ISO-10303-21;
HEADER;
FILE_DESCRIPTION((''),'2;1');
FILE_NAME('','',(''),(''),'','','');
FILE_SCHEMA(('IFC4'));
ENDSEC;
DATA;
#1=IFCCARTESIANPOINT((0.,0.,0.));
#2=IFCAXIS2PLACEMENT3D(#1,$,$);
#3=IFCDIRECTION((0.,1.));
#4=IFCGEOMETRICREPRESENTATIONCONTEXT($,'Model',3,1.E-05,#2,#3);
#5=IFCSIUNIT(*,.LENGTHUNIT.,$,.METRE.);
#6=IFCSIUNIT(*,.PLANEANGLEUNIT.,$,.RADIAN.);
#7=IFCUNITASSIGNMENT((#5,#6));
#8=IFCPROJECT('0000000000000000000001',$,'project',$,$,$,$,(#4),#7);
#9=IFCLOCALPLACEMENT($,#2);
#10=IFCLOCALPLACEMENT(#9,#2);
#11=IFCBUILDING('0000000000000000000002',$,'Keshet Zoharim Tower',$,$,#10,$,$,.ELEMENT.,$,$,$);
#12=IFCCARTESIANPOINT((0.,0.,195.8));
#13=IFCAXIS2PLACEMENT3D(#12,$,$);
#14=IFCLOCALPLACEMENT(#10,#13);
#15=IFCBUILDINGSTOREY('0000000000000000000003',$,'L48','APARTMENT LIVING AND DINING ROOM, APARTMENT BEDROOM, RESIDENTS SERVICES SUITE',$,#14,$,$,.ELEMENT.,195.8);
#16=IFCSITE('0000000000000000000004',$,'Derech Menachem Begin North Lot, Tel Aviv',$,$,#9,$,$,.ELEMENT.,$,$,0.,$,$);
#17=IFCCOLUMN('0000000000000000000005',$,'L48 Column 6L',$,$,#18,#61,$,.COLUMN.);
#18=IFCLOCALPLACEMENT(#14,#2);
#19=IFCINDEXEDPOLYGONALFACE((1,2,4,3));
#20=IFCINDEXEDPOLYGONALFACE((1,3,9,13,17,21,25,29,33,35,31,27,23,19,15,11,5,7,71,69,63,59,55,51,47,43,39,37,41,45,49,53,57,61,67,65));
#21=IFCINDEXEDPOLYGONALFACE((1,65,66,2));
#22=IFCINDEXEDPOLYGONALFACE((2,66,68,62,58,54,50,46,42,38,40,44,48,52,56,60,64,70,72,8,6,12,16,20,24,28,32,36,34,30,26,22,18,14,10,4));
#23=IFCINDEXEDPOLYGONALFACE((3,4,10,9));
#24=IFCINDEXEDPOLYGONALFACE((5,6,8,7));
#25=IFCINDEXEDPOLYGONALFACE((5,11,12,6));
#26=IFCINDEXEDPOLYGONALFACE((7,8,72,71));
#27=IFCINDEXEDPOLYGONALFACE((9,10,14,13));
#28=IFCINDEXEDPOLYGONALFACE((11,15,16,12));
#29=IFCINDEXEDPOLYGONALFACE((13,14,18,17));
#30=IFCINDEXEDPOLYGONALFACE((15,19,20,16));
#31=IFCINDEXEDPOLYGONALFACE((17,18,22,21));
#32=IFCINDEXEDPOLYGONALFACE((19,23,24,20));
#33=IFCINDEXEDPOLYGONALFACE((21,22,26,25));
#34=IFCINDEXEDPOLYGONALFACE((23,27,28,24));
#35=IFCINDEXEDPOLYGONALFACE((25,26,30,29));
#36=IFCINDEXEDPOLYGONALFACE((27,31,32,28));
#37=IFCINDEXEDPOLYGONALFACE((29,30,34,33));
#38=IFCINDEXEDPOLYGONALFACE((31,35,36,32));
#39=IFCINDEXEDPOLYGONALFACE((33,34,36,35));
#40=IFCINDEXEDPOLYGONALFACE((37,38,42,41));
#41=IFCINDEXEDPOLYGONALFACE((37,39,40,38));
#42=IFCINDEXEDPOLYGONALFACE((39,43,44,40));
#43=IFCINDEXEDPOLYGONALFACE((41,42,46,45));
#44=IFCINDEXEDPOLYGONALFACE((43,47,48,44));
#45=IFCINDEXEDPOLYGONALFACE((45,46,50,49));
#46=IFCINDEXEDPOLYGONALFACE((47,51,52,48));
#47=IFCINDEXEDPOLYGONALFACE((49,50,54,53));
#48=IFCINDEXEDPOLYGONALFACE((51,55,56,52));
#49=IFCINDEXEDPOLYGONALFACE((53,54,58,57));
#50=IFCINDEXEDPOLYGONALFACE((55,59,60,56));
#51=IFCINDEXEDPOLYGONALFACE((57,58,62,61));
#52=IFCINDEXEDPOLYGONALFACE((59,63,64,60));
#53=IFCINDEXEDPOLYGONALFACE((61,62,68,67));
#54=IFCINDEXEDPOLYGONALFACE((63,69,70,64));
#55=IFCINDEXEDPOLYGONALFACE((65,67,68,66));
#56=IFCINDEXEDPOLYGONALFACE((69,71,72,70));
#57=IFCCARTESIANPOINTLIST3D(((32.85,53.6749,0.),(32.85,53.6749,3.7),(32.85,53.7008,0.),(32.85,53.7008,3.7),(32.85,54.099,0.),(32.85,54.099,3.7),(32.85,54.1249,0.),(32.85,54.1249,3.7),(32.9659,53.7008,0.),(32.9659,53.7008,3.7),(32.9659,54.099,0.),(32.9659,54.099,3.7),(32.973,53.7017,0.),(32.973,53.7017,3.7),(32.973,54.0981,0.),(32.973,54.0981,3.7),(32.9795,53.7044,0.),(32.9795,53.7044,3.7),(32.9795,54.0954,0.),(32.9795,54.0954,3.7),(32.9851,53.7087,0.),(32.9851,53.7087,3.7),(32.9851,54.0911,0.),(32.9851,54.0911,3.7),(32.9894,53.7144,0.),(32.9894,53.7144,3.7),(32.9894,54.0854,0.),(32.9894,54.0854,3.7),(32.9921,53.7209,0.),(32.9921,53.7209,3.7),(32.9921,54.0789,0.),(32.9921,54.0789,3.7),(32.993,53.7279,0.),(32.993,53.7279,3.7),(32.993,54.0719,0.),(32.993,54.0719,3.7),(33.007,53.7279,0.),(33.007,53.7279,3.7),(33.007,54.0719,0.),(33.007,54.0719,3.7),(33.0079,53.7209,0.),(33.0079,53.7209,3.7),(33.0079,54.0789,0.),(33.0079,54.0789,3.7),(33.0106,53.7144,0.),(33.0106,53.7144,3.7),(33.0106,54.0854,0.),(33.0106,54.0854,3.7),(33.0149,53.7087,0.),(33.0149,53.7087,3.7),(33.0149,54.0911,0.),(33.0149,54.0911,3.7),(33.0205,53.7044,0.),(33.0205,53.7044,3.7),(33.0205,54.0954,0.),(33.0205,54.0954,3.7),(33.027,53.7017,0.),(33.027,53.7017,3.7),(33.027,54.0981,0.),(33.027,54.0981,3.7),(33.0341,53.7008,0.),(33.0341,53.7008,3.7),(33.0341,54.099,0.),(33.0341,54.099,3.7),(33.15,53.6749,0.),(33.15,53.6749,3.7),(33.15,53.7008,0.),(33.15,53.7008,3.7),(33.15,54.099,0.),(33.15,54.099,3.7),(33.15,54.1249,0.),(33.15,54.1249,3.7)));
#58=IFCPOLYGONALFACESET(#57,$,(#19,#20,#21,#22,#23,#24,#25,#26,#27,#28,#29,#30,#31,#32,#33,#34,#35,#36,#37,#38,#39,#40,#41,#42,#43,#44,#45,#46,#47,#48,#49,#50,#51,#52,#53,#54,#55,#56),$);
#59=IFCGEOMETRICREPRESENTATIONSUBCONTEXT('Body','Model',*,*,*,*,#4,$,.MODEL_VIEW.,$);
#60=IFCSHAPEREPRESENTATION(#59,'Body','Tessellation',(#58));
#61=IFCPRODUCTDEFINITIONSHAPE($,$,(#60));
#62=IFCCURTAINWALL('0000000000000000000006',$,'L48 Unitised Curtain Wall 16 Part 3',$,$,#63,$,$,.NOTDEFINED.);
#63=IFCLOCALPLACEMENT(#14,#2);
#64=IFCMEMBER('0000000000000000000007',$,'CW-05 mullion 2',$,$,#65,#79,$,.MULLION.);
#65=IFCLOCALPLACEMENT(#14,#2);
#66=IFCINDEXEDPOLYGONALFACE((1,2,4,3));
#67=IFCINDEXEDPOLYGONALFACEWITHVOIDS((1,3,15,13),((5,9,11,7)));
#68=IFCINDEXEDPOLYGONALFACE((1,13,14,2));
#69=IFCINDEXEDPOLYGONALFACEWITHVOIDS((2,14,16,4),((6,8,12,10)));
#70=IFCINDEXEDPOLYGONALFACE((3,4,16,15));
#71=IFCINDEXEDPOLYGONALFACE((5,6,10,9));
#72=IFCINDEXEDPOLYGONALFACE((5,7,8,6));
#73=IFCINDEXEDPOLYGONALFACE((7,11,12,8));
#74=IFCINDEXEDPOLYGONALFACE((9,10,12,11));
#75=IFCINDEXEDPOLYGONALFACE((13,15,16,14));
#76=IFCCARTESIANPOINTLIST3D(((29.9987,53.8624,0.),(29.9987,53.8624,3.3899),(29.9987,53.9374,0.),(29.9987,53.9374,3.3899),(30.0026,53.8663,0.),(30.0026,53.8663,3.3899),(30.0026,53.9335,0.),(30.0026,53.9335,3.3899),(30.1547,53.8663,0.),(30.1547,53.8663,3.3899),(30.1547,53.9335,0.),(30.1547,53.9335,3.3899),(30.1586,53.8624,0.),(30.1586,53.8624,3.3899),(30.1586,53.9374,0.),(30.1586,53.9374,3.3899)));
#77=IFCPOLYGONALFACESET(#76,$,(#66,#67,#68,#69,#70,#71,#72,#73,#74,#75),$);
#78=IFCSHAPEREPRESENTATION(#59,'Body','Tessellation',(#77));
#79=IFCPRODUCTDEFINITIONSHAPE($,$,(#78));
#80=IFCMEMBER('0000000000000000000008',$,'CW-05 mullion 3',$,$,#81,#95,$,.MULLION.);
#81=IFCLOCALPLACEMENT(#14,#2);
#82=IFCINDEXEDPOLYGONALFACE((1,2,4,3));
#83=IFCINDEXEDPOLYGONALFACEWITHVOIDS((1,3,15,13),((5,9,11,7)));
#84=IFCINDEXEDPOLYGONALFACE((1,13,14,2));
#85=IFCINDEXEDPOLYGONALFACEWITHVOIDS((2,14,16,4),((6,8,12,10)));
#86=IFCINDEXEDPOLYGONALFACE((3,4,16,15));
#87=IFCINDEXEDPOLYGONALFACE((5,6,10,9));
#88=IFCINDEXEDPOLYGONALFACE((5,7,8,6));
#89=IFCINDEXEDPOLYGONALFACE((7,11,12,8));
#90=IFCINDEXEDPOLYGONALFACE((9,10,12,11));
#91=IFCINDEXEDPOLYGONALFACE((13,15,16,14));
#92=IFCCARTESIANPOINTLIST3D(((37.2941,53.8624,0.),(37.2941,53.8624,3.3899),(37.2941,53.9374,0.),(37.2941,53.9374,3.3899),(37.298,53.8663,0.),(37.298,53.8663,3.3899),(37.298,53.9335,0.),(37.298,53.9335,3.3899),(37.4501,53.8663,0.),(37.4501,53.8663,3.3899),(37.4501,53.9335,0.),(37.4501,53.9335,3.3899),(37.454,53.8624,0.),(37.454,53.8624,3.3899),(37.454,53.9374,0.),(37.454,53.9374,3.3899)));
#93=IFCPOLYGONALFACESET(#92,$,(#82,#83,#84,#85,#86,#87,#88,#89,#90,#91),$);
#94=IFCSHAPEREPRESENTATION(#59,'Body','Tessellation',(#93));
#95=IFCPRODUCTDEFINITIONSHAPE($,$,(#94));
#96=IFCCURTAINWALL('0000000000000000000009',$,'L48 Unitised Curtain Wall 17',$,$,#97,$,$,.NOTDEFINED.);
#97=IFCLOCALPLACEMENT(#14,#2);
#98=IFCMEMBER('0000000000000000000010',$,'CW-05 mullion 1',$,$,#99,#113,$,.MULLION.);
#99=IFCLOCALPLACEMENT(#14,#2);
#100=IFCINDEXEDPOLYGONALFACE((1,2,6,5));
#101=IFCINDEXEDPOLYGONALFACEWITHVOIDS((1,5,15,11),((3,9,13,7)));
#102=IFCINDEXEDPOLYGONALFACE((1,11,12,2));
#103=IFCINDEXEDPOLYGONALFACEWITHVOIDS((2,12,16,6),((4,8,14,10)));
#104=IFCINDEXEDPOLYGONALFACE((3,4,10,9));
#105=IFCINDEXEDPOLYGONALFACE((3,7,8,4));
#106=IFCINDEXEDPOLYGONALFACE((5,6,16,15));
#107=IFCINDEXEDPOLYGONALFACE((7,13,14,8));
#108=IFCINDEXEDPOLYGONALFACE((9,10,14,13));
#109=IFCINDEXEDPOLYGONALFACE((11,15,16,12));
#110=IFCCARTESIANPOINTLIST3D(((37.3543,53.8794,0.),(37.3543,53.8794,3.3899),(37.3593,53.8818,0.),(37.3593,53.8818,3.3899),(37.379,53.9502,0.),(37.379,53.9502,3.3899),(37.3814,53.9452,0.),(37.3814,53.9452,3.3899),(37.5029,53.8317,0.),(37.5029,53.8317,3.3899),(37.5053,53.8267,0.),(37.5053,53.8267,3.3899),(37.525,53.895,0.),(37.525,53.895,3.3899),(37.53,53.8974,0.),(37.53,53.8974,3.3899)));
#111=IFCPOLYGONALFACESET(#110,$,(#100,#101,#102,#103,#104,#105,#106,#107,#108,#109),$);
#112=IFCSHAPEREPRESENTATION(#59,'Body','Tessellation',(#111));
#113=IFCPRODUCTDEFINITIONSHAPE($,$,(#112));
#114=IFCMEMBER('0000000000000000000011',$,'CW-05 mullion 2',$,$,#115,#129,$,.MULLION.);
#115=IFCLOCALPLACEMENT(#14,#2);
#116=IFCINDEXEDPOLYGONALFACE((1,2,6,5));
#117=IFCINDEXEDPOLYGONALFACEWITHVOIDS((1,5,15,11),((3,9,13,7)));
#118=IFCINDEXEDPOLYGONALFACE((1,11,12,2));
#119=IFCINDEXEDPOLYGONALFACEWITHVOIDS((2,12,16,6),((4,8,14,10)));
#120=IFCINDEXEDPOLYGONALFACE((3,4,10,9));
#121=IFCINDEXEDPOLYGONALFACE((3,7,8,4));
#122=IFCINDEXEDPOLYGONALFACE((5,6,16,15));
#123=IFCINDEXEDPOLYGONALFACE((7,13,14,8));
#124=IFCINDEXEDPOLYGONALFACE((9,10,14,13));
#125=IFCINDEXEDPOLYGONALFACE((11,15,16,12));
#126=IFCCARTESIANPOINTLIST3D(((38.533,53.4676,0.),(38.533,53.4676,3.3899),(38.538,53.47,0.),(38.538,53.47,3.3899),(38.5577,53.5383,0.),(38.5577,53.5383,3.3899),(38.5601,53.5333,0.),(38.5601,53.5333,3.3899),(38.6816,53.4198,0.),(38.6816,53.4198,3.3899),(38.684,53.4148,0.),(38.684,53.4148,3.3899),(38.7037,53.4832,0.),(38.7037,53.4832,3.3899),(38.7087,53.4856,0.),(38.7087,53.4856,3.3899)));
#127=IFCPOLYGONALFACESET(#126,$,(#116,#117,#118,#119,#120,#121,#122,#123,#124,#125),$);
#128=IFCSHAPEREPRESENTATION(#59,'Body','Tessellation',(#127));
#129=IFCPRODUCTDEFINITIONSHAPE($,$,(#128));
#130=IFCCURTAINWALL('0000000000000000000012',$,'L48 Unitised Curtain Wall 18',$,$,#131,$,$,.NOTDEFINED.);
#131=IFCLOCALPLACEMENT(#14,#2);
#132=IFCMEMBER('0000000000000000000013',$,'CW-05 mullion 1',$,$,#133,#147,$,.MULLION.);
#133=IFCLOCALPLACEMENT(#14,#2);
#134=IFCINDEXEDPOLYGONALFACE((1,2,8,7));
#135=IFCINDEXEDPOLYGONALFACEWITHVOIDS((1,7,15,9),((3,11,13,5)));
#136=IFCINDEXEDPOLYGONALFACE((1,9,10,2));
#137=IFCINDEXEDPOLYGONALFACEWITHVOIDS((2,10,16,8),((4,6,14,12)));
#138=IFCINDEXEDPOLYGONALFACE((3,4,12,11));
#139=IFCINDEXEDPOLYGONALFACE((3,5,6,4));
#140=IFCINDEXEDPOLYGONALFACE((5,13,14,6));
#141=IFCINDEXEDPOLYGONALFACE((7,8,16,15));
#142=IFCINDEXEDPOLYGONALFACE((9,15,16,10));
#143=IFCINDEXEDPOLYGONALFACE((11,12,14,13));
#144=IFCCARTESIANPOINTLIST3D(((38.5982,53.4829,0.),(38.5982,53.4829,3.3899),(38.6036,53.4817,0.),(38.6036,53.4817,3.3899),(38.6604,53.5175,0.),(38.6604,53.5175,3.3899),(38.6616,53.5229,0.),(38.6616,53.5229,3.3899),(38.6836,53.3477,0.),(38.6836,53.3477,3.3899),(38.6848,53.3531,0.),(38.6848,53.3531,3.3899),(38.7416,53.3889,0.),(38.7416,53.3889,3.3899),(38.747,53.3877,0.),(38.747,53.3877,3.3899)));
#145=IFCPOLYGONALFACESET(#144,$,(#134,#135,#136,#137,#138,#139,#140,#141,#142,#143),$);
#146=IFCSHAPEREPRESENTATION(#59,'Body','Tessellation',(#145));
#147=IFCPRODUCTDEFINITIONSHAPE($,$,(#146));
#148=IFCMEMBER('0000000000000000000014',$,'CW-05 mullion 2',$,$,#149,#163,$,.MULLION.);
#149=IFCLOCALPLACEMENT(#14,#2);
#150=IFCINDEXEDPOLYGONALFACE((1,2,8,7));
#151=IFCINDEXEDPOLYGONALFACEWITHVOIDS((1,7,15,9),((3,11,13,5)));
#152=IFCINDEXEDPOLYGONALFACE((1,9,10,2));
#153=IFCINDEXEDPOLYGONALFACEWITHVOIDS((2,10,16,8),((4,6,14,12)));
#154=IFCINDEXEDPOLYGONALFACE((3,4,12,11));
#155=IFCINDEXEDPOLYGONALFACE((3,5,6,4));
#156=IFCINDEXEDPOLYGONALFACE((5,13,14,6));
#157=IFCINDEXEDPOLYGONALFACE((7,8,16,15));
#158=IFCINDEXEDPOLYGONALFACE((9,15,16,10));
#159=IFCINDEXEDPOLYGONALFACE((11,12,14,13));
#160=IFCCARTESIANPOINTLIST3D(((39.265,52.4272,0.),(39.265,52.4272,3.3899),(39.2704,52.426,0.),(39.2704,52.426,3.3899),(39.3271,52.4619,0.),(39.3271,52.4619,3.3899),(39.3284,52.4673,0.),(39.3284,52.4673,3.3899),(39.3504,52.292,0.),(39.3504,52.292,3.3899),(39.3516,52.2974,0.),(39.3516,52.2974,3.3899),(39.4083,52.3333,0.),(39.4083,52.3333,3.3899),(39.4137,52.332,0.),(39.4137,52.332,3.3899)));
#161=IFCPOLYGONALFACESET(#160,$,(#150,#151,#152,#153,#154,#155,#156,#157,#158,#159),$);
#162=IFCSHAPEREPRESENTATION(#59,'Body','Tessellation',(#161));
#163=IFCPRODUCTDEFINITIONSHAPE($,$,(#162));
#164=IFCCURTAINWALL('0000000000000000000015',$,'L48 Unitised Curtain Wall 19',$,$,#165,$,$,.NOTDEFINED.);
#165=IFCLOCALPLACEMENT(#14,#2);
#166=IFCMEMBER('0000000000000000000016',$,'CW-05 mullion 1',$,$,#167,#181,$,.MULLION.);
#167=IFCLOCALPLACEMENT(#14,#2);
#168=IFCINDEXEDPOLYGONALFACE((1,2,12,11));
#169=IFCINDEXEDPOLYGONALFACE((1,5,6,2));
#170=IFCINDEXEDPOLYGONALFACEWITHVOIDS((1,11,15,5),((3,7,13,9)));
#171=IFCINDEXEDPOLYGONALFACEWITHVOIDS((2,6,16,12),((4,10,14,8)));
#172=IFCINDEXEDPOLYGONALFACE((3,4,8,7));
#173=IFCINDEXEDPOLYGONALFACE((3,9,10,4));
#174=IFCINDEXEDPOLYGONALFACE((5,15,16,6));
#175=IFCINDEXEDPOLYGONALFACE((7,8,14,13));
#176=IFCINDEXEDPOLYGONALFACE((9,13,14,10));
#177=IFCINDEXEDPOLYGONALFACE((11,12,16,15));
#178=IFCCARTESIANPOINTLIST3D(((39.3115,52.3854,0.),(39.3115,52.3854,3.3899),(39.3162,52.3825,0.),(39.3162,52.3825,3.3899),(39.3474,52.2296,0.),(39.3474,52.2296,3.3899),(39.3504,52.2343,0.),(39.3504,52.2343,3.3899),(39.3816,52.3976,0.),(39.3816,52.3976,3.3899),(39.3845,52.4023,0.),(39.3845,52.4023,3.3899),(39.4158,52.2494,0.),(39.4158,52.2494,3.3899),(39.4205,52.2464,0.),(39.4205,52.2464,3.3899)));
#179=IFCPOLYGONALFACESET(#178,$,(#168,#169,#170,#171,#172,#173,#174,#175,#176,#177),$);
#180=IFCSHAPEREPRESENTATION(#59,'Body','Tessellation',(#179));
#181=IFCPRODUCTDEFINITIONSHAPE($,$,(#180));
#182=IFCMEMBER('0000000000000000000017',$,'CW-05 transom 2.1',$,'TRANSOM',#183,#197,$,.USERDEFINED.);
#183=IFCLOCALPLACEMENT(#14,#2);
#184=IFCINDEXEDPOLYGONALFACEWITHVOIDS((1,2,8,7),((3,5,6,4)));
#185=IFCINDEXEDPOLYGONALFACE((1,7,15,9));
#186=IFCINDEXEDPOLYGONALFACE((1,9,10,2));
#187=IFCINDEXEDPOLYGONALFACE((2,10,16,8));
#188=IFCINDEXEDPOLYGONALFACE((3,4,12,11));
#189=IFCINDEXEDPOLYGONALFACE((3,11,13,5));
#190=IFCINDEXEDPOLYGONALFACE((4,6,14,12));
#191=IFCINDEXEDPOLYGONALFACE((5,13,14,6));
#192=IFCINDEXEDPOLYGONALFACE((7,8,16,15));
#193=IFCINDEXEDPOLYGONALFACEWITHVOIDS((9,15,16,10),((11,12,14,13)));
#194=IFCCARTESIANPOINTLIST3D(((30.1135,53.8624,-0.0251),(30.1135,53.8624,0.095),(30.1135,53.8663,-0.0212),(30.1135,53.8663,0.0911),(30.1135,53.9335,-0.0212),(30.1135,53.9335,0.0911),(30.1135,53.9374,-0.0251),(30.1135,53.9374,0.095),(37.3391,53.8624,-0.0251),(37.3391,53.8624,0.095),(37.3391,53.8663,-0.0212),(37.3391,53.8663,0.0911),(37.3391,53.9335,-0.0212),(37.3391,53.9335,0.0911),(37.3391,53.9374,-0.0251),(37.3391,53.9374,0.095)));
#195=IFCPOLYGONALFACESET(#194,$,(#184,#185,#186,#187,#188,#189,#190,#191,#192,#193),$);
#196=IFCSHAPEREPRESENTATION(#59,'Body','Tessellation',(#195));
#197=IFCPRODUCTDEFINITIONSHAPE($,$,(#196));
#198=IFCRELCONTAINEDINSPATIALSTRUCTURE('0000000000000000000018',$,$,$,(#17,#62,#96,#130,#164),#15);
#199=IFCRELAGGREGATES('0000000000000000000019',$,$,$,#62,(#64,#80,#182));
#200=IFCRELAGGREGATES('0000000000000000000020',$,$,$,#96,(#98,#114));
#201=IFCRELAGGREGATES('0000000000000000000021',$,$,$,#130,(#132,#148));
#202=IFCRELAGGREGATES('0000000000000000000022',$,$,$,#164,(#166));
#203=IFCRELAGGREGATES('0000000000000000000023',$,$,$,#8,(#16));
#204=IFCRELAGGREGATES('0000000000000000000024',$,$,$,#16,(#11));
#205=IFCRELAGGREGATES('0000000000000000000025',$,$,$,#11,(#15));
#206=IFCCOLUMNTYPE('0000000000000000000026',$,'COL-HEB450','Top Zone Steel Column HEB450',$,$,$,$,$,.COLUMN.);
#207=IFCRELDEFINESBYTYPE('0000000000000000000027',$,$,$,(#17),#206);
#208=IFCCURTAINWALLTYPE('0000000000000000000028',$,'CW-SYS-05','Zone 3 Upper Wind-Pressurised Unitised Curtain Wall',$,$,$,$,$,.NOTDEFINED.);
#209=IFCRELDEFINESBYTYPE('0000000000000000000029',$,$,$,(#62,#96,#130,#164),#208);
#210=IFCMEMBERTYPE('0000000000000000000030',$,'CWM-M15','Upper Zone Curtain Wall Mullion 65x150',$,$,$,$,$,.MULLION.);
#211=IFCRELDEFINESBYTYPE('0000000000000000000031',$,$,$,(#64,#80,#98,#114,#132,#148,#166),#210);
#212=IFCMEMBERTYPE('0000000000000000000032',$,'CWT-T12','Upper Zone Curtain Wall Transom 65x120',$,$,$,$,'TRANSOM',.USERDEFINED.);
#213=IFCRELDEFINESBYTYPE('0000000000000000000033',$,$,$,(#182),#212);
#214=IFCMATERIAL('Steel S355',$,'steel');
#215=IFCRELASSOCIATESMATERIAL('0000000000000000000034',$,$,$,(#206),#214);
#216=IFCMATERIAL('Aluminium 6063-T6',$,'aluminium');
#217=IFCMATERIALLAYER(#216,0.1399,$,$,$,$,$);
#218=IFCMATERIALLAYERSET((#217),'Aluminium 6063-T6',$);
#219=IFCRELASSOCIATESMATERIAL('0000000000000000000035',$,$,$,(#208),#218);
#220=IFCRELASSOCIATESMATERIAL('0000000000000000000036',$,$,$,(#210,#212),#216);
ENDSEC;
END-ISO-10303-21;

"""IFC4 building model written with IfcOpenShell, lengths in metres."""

from ifc_helpers import new_model, si_unit, direction, frame, origin, origin_2d, place, context, subcontext, project, spatial, hollow_rectangle, i_section, extrude, material, layer, layer_set, material_profile, profile_set, type_object, element, aggregate, save


model = new_model("IFC4")

# Units and contexts
model_context = context("Model", 3, precision=1e-05, world=origin(), true_north=direction((0.0, 1.0)))
body_context = subcontext(model_context, "Body", "Model", "MODEL_VIEW")
ifc_project = project(units=[si_unit("LENGTHUNIT", "METRE"), si_unit("PLANEANGLEUNIT", "RADIAN")], contexts=[model_context])

# Site, building, storey
site_placement = place(None, origin())
site = spatial("IfcSite", under=ifc_project, at=site_placement, Name="Derech Menachem Begin North Lot, Tel Aviv", CompositionType="ELEMENT", RefElevation=0.0)
building_placement = place(site_placement, origin())
building = spatial("IfcBuilding", under=site, at=building_placement, Name="Keshet Zoharim Tower", CompositionType="ELEMENT")
storey_placement = place(building_placement, frame((0.0, 0.0, 195.8)))
storey = spatial("IfcBuildingStorey", under=building, at=storey_placement, Name="L48", Description="APARTMENT LIVING AND DINING ROOM, APARTMENT BEDROOM, RESIDENTS SERVICES SUITE", CompositionType="ELEMENT", Elevation=195.8)

# Column
ifc_material_1 = material(Name="Steel S355", Category="steel")
ifc_material_profile_1 = material_profile(ifc_material_1, i_section(OverallWidth=0.3, OverallDepth=0.45, WebThickness=0.0139, FlangeThickness=0.0259, FilletRadius=0.0271, at=origin_2d()), Name="HEB450")
ifc_profile_set_1 = profile_set([ifc_material_profile_1], Name="Steel S355")
column_type = type_object("IfcColumnType", Name="COL-HEB450", Description="Top Zone Steel Column HEB450", PredefinedType="COLUMN", material=ifc_profile_set_1)
column_placement = place(storey_placement, frame((33.0, 53.8999, 0.0), z_axis=(0.0, 0.0, 1.0), x_axis=(1.0, 0.0, 0.0)))
element("IfcColumn", 1, at=column_placement, inside=storey, type_object=column_type, Name="L48 Column 6L", PredefinedType="COLUMN", context=body_context, shape_type="SweptSolid", body=[
    extrude(i_section(OverallWidth=0.3, OverallDepth=0.45, WebThickness=0.0139, FlangeThickness=0.0259, FilletRadius=0.0271, at=origin_2d()), origin(), (0.0, 0.0, 1.0), 3.7),
])

# Curtain walls, members
ifc_material_2 = material(Name="Aluminium 6063-T6", Category="aluminium")
ifc_layer_1 = layer(ifc_material_2, 0.1399)
ifc_layer_set_1 = layer_set([ifc_layer_1], Name="Aluminium 6063-T6")
curtain_wall_type = type_object("IfcCurtainWallType", Name="CW-SYS-05", Description="Zone 3 Upper Wind-Pressurised Unitised Curtain Wall", PredefinedType="NOTDEFINED", material=ifc_layer_set_1)
curtain_wall_1_placement = place(storey_placement, origin())
curtain_wall_1 = element("IfcCurtainWall", 2, at=curtain_wall_1_placement, inside=storey, type_object=curtain_wall_type, Name="L48 Unitised Curtain Wall 16 Part 3", PredefinedType="NOTDEFINED")
ifc_material_profile_2 = material_profile(ifc_material_2, hollow_rectangle(XDim=0.075, YDim=0.1599, WallThickness=0.0039, at=origin_2d()), Name="MUL-75x160")
ifc_profile_set_2 = profile_set([ifc_material_profile_2], Name="Aluminium 6063-T6")
member_type_1 = type_object("IfcMemberType", Name="CWM-M15", Description="Upper Zone Curtain Wall Mullion 65x150", PredefinedType="MULLION", material=ifc_profile_set_2)
member_1_placement = place(storey_placement, frame((30.0786, 53.8999, 0.0), z_axis=(0.0, 0.0, 1.0), x_axis=(0.0, 1.0, 0.0)))
member_1 = element("IfcMember", 3, at=member_1_placement, type_object=member_type_1, Name="CW-05 mullion 2", PredefinedType="MULLION", context=body_context, shape_type="SweptSolid", body=[
    extrude(hollow_rectangle(XDim=0.075, YDim=0.1599, WallThickness=0.0039, at=origin_2d()), origin(), (0.0, 0.0, 1.0), 3.3899),
])
member_2_placement = place(storey_placement, frame((37.374, 53.8999, 0.0), z_axis=(0.0, 0.0, 1.0), x_axis=(0.0, 1.0, 0.0)))
member_2 = element("IfcMember", 4, at=member_2_placement, type_object=member_type_1, Name="CW-05 mullion 3", PredefinedType="MULLION", context=body_context, shape_type="SweptSolid", body=[
    extrude(hollow_rectangle(XDim=0.075, YDim=0.1599, WallThickness=0.0039, at=origin_2d()), origin(), (0.0, 0.0, 1.0), 3.3899),
])
curtain_wall_2_placement = place(storey_placement, origin())
curtain_wall_2 = element("IfcCurtainWall", 5, at=curtain_wall_2_placement, inside=storey, type_object=curtain_wall_type, Name="L48 Unitised Curtain Wall 17", PredefinedType="NOTDEFINED")
member_3_placement = place(storey_placement, frame((37.4421, 53.8884, 0.0), z_axis=(0.0, 0.0, 1.0), x_axis=(0.329844, 0.944036, 0.0)))
member_3 = element("IfcMember", 6, at=member_3_placement, type_object=member_type_1, Name="CW-05 mullion 1", PredefinedType="MULLION", context=body_context, shape_type="SweptSolid", body=[
    extrude(hollow_rectangle(XDim=0.075, YDim=0.1599, WallThickness=0.0039, at=origin_2d()), origin(), (0.0, 0.0, 1.0), 3.3899),
])
member_4_placement = place(storey_placement, frame((38.6208, 53.4766, 0.0), z_axis=(0.0, 0.0, 1.0), x_axis=(0.329844, 0.944036, 0.0)))
member_4 = element("IfcMember", 7, at=member_4_placement, type_object=member_type_1, Name="CW-05 mullion 2", PredefinedType="MULLION", context=body_context, shape_type="SweptSolid", body=[
    extrude(hollow_rectangle(XDim=0.075, YDim=0.1599, WallThickness=0.0039, at=origin_2d()), origin(), (0.0, 0.0, 1.0), 3.3899),
])
curtain_wall_3_placement = place(storey_placement, origin())
curtain_wall_3 = element("IfcCurtainWall", 8, at=curtain_wall_3_placement, inside=storey, type_object=curtain_wall_type, Name="L48 Unitised Curtain Wall 18", PredefinedType="NOTDEFINED")
member_5_placement = place(storey_placement, frame((38.6726, 53.4353, 0.0), z_axis=(0.0, 0.0, 1.0), x_axis=(0.845561, 0.533879, 0.0)))
member_5 = element("IfcMember", 9, at=member_5_placement, type_object=member_type_1, Name="CW-05 mullion 1", PredefinedType="MULLION", context=body_context, shape_type="SweptSolid", body=[
    extrude(hollow_rectangle(XDim=0.075, YDim=0.1599, WallThickness=0.0039, at=origin_2d()), origin(), (0.0, 0.0, 1.0), 3.3899),
])
member_6_placement = place(storey_placement, frame((39.3394, 52.3796, 0.0), z_axis=(0.0, 0.0, 1.0), x_axis=(0.845561, 0.533879, 0.0)))
member_6 = element("IfcMember", 10, at=member_6_placement, type_object=member_type_1, Name="CW-05 mullion 2", PredefinedType="MULLION", context=body_context, shape_type="SweptSolid", body=[
    extrude(hollow_rectangle(XDim=0.075, YDim=0.1599, WallThickness=0.0039, at=origin_2d()), origin(), (0.0, 0.0, 1.0), 3.3899),
])

# Curtain wall, member
curtain_wall_4_placement = place(storey_placement, origin())
curtain_wall_4 = element("IfcCurtainWall", 11, at=curtain_wall_4_placement, inside=storey, type_object=curtain_wall_type, Name="L48 Unitised Curtain Wall 19", PredefinedType="NOTDEFINED")
member_7_placement = place(storey_placement, frame((39.366, 52.3159, 0.0), z_axis=(0.0, 0.0, 1.0), x_axis=(0.974394, 0.224848, 0.0)))
member_7 = element("IfcMember", 12, at=member_7_placement, type_object=member_type_1, Name="CW-05 mullion 1", PredefinedType="MULLION", context=body_context, shape_type="SweptSolid", body=[
    extrude(hollow_rectangle(XDim=0.075, YDim=0.1599, WallThickness=0.0039, at=origin_2d()), origin(), (0.0, 0.0, 1.0), 3.3899),
])

# Member
ifc_material_profile_3 = material_profile(ifc_material_2, hollow_rectangle(XDim=0.075, YDim=0.1201, WallThickness=0.0039, at=origin_2d()), Name="TRN-75x120")
ifc_profile_set_3 = profile_set([ifc_material_profile_3], Name="Aluminium 6063-T6")
member_type_2 = type_object("IfcMemberType", Name="CWT-T12", Description="Upper Zone Curtain Wall Transom 65x120", ElementType="TRANSOM", PredefinedType="USERDEFINED", material=ifc_profile_set_3)
member_8_placement = place(storey_placement, frame((30.1135, 53.8999, 0.0349), z_axis=(1.0, 0.0, 0.0), x_axis=(0.0, 1.0, 0.0)))
member_8 = element("IfcMember", 13, at=member_8_placement, type_object=member_type_2, Name="CW-05 transom 2.1", ObjectType="TRANSOM", PredefinedType="USERDEFINED", context=body_context, shape_type="SweptSolid", body=[
    extrude(hollow_rectangle(XDim=0.075, YDim=0.1201, WallThickness=0.0039, at=origin_2d()), origin(), (0.0, 0.0, 1.0), 7.2256),
])

aggregate(curtain_wall_1, [member_1, member_2, member_8])
aggregate(curtain_wall_2, [member_3, member_4])
aggregate(curtain_wall_3, [member_5, member_6])
aggregate(curtain_wall_4, [member_7])

save(model, "model.ifc")
